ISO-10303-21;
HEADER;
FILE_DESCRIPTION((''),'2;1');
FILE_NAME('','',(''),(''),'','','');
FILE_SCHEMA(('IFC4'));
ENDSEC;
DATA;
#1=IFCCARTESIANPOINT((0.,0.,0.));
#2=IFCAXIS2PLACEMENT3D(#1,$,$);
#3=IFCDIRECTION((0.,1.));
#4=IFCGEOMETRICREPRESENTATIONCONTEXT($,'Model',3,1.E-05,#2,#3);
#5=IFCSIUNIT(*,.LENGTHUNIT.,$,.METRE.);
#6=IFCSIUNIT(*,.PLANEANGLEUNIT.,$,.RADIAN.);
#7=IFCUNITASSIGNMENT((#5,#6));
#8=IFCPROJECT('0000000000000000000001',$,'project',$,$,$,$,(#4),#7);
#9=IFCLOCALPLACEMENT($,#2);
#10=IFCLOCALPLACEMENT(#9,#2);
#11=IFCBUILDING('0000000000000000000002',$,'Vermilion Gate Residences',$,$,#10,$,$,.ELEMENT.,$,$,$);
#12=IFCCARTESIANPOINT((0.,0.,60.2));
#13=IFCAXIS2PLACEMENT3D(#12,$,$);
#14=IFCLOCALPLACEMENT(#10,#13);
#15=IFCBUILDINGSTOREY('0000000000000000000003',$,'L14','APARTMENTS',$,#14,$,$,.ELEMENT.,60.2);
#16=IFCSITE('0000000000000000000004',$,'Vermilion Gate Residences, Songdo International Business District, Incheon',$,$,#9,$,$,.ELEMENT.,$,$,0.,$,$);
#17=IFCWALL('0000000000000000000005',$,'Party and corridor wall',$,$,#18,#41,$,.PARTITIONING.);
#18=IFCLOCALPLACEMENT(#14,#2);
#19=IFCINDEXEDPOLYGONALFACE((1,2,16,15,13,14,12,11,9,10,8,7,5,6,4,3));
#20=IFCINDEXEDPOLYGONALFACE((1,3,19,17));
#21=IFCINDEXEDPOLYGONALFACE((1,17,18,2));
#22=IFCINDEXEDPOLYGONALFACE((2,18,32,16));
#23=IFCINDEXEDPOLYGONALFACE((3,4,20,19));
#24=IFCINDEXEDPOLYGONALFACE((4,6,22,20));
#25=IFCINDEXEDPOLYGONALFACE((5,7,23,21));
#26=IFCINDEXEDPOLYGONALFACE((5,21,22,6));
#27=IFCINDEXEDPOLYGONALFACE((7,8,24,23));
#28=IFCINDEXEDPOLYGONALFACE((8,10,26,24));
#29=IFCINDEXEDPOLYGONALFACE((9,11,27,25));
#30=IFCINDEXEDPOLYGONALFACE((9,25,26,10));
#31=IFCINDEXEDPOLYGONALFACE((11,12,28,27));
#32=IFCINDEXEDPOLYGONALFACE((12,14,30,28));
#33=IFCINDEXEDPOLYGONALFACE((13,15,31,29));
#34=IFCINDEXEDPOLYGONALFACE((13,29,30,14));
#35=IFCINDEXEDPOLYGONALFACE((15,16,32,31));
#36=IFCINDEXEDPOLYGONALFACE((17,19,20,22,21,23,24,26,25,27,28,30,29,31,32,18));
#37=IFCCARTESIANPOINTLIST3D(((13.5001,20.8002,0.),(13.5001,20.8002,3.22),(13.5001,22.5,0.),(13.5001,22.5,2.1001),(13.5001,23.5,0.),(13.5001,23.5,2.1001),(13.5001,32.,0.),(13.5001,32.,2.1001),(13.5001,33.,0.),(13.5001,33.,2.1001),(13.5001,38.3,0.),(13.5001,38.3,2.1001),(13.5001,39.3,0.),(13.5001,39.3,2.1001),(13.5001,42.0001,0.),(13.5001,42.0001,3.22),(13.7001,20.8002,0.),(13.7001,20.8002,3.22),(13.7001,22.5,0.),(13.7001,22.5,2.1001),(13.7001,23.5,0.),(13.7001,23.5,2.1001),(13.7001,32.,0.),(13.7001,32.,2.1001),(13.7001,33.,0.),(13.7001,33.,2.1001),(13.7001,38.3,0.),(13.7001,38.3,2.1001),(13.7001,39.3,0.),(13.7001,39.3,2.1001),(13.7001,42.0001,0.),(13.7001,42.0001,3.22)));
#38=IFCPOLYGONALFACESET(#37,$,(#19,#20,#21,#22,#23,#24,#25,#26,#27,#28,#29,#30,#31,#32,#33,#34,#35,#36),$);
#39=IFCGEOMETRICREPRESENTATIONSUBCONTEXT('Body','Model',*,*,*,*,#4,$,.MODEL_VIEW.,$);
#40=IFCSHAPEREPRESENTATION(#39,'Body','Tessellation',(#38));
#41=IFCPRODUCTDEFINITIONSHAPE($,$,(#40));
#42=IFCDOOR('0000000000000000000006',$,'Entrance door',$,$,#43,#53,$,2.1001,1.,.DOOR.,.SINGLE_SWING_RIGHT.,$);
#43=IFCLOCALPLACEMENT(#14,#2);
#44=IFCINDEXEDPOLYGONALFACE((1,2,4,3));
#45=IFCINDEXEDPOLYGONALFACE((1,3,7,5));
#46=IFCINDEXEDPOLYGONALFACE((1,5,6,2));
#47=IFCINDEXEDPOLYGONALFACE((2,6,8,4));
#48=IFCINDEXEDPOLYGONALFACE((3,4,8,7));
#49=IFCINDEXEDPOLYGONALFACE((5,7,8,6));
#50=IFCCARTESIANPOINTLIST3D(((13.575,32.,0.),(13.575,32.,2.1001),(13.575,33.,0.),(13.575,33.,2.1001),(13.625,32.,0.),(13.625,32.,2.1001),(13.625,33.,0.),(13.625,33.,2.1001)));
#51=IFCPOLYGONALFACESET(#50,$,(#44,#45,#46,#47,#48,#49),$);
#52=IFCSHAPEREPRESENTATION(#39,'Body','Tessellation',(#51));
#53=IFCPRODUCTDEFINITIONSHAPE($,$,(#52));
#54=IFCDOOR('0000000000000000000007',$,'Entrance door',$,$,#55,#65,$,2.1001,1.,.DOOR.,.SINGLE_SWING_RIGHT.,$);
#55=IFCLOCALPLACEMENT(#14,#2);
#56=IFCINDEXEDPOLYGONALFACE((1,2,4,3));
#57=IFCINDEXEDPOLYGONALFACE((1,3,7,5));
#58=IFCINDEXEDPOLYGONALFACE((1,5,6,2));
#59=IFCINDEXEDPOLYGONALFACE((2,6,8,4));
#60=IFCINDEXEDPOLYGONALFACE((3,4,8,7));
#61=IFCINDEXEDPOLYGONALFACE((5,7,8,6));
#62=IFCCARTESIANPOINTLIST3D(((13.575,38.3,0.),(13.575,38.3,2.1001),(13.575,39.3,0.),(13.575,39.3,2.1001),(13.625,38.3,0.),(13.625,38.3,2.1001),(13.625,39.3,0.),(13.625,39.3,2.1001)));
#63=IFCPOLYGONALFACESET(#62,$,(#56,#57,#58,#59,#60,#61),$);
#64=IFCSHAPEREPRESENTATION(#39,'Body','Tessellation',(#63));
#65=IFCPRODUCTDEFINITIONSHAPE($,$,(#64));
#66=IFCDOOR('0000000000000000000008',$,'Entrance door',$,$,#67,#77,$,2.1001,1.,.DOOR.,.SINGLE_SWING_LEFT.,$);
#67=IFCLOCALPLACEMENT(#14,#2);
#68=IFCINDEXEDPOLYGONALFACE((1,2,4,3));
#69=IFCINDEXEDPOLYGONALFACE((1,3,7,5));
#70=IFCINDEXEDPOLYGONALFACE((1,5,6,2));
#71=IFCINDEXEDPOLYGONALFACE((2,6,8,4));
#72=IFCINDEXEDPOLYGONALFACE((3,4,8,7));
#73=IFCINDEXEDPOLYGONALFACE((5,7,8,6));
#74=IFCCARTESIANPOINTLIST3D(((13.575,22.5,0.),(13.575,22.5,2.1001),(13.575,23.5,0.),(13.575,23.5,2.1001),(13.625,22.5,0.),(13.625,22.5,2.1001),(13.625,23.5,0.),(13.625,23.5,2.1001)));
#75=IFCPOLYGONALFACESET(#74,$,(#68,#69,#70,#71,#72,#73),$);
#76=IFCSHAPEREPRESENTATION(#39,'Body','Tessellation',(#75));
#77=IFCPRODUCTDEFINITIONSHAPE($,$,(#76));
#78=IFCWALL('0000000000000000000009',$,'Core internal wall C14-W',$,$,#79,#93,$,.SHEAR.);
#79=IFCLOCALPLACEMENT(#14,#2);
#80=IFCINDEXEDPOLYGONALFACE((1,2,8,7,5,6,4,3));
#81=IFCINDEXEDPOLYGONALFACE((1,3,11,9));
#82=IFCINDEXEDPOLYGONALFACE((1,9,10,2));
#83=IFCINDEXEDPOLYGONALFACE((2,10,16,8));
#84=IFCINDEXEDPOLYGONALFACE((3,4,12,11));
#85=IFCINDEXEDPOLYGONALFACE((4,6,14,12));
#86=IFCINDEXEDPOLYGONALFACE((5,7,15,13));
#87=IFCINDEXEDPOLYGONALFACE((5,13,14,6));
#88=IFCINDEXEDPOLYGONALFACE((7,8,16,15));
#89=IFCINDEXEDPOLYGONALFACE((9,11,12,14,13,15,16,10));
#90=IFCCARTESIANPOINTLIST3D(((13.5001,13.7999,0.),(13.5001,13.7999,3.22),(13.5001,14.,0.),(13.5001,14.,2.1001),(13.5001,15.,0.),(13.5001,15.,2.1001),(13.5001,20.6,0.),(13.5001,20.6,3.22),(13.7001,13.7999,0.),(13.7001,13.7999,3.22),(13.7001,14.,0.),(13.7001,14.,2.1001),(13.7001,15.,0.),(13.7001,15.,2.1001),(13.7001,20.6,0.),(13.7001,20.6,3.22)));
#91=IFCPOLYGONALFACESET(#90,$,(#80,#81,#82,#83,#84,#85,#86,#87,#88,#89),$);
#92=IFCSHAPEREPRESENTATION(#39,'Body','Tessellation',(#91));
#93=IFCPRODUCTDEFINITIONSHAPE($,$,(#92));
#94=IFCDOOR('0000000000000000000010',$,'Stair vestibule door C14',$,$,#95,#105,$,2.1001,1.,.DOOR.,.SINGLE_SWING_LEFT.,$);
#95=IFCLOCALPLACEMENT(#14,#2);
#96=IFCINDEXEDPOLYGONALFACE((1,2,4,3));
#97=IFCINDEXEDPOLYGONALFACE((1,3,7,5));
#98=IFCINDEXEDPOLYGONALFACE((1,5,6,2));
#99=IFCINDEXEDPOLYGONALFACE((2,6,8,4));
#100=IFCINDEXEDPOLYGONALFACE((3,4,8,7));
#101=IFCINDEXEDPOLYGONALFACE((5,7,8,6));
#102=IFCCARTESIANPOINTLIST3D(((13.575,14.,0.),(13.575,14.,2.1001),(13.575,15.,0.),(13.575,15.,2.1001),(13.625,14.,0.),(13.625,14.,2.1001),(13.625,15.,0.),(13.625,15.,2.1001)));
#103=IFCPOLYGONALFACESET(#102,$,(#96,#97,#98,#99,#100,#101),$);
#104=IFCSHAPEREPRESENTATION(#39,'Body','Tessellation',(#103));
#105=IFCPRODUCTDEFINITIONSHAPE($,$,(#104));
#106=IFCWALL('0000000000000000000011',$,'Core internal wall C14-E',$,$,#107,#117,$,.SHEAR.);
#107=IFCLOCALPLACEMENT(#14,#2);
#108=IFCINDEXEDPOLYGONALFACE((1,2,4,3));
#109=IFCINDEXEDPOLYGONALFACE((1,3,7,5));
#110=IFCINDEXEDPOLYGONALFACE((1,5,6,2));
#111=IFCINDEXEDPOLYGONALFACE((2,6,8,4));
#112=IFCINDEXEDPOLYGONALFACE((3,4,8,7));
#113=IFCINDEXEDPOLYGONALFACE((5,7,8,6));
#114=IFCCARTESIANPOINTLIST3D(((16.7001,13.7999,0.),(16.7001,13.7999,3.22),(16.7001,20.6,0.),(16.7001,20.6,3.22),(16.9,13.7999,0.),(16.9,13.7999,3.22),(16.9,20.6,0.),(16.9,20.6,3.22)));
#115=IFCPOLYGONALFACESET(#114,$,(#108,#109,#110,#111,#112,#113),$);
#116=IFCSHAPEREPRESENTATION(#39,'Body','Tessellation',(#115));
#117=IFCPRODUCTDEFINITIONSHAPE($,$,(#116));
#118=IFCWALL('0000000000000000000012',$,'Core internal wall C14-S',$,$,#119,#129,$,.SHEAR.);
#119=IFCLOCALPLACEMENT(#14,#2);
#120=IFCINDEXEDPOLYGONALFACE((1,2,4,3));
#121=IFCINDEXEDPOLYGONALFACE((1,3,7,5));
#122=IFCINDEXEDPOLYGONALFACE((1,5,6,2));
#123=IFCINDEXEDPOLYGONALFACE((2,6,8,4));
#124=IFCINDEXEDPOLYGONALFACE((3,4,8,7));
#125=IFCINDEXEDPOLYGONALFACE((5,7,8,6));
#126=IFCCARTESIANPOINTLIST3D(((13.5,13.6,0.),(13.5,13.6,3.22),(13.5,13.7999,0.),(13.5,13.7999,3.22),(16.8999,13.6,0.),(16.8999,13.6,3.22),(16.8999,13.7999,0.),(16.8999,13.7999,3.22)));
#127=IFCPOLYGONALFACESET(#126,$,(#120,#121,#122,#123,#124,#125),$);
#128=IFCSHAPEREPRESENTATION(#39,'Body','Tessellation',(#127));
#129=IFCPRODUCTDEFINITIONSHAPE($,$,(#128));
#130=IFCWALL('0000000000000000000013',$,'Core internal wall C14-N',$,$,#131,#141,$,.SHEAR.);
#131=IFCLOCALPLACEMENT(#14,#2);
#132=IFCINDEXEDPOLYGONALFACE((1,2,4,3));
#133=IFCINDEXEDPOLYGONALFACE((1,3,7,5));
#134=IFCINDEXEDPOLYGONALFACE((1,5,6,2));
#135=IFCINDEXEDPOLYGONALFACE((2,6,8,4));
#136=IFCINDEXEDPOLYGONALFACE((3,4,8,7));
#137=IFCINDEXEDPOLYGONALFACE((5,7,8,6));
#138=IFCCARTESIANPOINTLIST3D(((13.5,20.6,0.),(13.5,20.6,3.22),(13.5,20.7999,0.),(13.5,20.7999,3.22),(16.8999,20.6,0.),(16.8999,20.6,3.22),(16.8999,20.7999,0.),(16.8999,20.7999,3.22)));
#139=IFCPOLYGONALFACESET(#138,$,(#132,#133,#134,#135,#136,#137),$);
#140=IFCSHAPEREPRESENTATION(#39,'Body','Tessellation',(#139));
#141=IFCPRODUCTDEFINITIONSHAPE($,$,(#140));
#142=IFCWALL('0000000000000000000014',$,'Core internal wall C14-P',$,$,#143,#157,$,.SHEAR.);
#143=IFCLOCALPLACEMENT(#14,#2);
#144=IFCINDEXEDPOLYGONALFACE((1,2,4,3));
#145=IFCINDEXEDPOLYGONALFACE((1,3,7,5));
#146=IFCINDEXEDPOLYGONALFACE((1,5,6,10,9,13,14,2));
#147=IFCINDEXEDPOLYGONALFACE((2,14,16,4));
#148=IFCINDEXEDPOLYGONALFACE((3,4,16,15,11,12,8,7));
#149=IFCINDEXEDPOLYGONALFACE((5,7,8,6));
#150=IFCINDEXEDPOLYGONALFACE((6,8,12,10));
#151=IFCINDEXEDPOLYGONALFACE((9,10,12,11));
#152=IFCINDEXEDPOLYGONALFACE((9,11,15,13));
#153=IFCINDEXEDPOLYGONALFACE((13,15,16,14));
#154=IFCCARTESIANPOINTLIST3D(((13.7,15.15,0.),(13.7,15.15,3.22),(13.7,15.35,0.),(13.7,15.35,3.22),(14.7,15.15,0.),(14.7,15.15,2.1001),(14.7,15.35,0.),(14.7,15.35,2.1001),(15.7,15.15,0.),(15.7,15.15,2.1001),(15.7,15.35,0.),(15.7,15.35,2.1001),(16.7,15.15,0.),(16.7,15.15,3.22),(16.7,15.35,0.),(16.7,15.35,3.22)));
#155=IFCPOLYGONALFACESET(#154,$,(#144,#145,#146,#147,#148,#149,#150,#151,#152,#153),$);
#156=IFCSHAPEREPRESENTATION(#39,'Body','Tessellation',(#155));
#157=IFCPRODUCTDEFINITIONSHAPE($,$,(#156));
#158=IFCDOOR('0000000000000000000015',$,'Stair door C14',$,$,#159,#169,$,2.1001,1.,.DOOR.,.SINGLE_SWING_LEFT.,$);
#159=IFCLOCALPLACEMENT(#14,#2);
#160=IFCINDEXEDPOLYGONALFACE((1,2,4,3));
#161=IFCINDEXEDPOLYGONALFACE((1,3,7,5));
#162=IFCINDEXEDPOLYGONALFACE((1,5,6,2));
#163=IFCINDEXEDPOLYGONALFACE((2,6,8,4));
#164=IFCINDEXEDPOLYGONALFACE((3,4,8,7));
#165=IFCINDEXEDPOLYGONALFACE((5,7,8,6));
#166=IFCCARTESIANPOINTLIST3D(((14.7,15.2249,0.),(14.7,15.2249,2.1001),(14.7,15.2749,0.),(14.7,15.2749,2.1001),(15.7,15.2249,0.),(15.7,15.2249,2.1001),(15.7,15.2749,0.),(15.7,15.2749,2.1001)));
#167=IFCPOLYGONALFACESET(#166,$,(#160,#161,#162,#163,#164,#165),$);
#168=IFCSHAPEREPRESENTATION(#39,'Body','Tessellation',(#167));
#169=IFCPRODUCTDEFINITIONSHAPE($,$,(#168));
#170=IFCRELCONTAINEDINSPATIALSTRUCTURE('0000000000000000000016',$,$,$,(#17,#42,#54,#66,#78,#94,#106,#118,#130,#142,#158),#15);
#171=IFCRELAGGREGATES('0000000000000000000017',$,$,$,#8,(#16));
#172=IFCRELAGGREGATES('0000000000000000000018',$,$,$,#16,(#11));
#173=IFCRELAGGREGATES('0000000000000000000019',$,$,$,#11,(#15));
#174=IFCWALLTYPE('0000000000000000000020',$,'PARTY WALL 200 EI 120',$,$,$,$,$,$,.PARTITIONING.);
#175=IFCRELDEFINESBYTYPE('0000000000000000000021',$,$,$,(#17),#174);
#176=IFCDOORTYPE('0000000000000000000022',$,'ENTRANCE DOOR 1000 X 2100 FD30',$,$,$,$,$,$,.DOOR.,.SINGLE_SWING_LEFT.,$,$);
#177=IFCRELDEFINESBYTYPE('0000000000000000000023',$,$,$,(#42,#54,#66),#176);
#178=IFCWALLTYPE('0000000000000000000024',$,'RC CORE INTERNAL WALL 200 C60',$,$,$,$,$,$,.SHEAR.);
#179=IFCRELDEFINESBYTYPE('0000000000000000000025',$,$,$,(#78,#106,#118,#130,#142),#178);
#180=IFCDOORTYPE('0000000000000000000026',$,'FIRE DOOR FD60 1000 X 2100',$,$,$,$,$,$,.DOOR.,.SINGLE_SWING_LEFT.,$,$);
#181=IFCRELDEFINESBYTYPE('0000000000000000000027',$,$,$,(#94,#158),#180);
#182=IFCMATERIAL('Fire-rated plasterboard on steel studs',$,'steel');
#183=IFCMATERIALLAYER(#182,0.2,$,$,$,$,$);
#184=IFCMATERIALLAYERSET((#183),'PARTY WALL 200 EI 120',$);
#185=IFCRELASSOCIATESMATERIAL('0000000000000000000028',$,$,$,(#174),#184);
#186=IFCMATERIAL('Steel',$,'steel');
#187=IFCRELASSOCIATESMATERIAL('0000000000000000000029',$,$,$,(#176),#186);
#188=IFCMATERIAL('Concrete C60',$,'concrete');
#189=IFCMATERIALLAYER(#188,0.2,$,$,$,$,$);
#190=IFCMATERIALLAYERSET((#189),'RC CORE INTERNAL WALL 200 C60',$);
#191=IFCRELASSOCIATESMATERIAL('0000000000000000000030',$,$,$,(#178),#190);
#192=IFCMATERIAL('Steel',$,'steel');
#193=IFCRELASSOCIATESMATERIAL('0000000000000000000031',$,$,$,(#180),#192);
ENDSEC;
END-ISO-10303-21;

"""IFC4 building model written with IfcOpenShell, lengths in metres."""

from ifc_helpers import new_model, si_unit, direction, frame, frame_2d, origin, place, context, subcontext, project, spatial, rectangle, extrude, material, layer, layer_set, type_object, element, fill, save


model = new_model("IFC4")

# Units and contexts
model_context = context("Model", 3, precision=1e-05, world=origin(), true_north=direction((0.0, 1.0)))
body_context = subcontext(model_context, "Body", "Model", "MODEL_VIEW")
ifc_project = project(units=[si_unit("LENGTHUNIT", "METRE"), si_unit("PLANEANGLEUNIT", "RADIAN")], contexts=[model_context])

# Site, building, storey
site_placement = place(None, origin())
site = spatial("IfcSite", under=ifc_project, at=site_placement, Name="Vermilion Gate Residences, Songdo International Business District, Incheon", CompositionType="ELEMENT", RefElevation=0.0)
building_placement = place(site_placement, origin())
building = spatial("IfcBuilding", under=site, at=building_placement, Name="Vermilion Gate Residences", CompositionType="ELEMENT")
storey_placement = place(building_placement, frame((0.0, 0.0, 60.2)))
storey = spatial("IfcBuildingStorey", under=building, at=storey_placement, Name="L14", Description="APARTMENTS", CompositionType="ELEMENT", Elevation=60.2)

# Wall, openings, doors
ifc_material_1 = material(Name="Fire-rated plasterboard on steel studs", Category="steel")
ifc_layer_1 = layer(ifc_material_1, 0.2)
ifc_layer_set_1 = layer_set([ifc_layer_1], Name="PARTY WALL 200 EI 120")
wall_type_1 = type_object("IfcWallType", Name="PARTY WALL 200 EI 120", PredefinedType="PARTITIONING", material=ifc_layer_set_1)
ifc_material_2 = material(Name="Steel", Category="steel")
door_type_1 = type_object("IfcDoorType", Name="ENTRANCE DOOR 1000 X 2100 FD30", OperationType="SINGLE_SWING_LEFT", PredefinedType="DOOR", material=ifc_material_2)
wall_1_placement = place(storey_placement, frame((13.6001, 20.8, 0.0), z_axis=(0.0, 0.0, 1.0), x_axis=(0.0, 1.0, 0.0)))
wall_1 = element("IfcWall", 1, at=wall_1_placement, inside=storey, type_object=wall_type_1, Name="Party and corridor wall", PredefinedType="PARTITIONING", context=body_context, shape_type="SweptSolid", body=[
    extrude(rectangle(XDim=21.2, YDim=0.2, at=frame_2d((10.6001, 0.0))), origin(), (0.0, 0.0, 1.0), 3.22),
])
opening_1_placement = place(wall_1_placement, frame((11.2, 0.0, 0.0)))
opening_1 = element("IfcOpeningElement", 2, at=opening_1_placement, cuts=wall_1, PredefinedType="OPENING", context=body_context, shape_type="SweptSolid", body=[
    extrude(rectangle(XDim=1.0, YDim=2.1001, at=frame_2d((0.5, 1.05))), frame((0.0, 0.1099, 0.0), z_axis=(0.0, -1.0, 0.0), x_axis=(1.0, 0.0, 0.0)), (0.0, 0.0, 1.0), 0.22),
])
opening_2_placement = place(wall_1_placement, frame((17.5, 0.0, 0.0)))
opening_2 = element("IfcOpeningElement", 3, at=opening_2_placement, cuts=wall_1, PredefinedType="OPENING", context=body_context, shape_type="SweptSolid", body=[
    extrude(rectangle(XDim=1.0, YDim=2.1001, at=frame_2d((0.5, 1.05))), frame((0.0, 0.1099, 0.0), z_axis=(0.0, -1.0, 0.0), x_axis=(1.0, 0.0, 0.0)), (0.0, 0.0, 1.0), 0.22),
])
opening_3_placement = place(wall_1_placement, frame((1.7, 0.0, 0.0)))
opening_3 = element("IfcOpeningElement", 4, at=opening_3_placement, cuts=wall_1, PredefinedType="OPENING", context=body_context, shape_type="SweptSolid", body=[
    extrude(rectangle(XDim=1.0, YDim=2.1001, at=frame_2d((0.5, 1.05))), frame((0.0, 0.1099, 0.0), z_axis=(0.0, -1.0, 0.0), x_axis=(1.0, 0.0, 0.0)), (0.0, 0.0, 1.0), 0.22),
])
door_1_placement = place(opening_1_placement, frame((1.0, 0.0, 0.0), z_axis=(0.0, 0.0, 1.0), x_axis=(-1.0, 0.0, 0.0)))
door_1 = element("IfcDoor", 5, at=door_1_placement, inside=storey, type_object=door_type_1, Name="Entrance door", OperationType="SINGLE_SWING_RIGHT", OverallHeight=2.1001, OverallWidth=1.0, PredefinedType="DOOR", context=body_context, shape_type="SweptSolid", body=[
    extrude(rectangle(XDim=1.0, YDim=2.1001, at=frame_2d((0.5, 1.05))), frame((0.0, 0.0249, 0.0), z_axis=(0.0, -1.0, 0.0), x_axis=(1.0, 0.0, 0.0)), (0.0, 0.0, 1.0), 0.05),
])
fill(opening_1, door_1)
door_2_placement = place(opening_2_placement, frame((1.0, 0.0, 0.0), z_axis=(0.0, 0.0, 1.0), x_axis=(-1.0, 0.0, 0.0)))
door_2 = element("IfcDoor", 6, at=door_2_placement, inside=storey, type_object=door_type_1, Name="Entrance door", OperationType="SINGLE_SWING_RIGHT", OverallHeight=2.1001, OverallWidth=1.0, PredefinedType="DOOR", context=body_context, shape_type="SweptSolid", body=[
    extrude(rectangle(XDim=1.0, YDim=2.1001, at=frame_2d((0.5, 1.05))), frame((0.0, 0.0249, 0.0), z_axis=(0.0, -1.0, 0.0), x_axis=(1.0, 0.0, 0.0)), (0.0, 0.0, 1.0), 0.05),
])
fill(opening_2, door_2)
door_3_placement = place(opening_3_placement, frame((1.0, 0.0, 0.0), z_axis=(0.0, 0.0, 1.0), x_axis=(-1.0, 0.0, 0.0)))
door_3 = element("IfcDoor", 7, at=door_3_placement, inside=storey, type_object=door_type_1, Name="Entrance door", OperationType="SINGLE_SWING_LEFT", OverallHeight=2.1001, OverallWidth=1.0, PredefinedType="DOOR", context=body_context, shape_type="SweptSolid", body=[
    extrude(rectangle(XDim=1.0, YDim=2.1001, at=frame_2d((0.5, 1.05))), frame((0.0, 0.0249, 0.0), z_axis=(0.0, -1.0, 0.0), x_axis=(1.0, 0.0, 0.0)), (0.0, 0.0, 1.0), 0.05),
])
fill(opening_3, door_3)

# Wall, opening, door
ifc_material_3 = material(Name="Concrete C60", Category="concrete")
ifc_layer_2 = layer(ifc_material_3, 0.2)
ifc_layer_set_2 = layer_set([ifc_layer_2], Name="RC CORE INTERNAL WALL 200 C60")
wall_type_2 = type_object("IfcWallType", Name="RC CORE INTERNAL WALL 200 C60", PredefinedType="SHEAR", material=ifc_layer_set_2)
wall_2_placement = place(storey_placement, frame((13.6001, 13.8, 0.0), z_axis=(0.0, 0.0, 1.0), x_axis=(0.0, 1.0, 0.0)))
wall_2 = element("IfcWall", 8, at=wall_2_placement, inside=storey, type_object=wall_type_2, Name="Core internal wall C14-W", PredefinedType="SHEAR", context=body_context, shape_type="SweptSolid", body=[
    extrude(rectangle(XDim=6.8, YDim=0.2, at=frame_2d((3.3999, 0.0))), origin(), (0.0, 0.0, 1.0), 3.22),
])
opening_4_placement = place(wall_2_placement, frame((0.2, 0.0, 0.0)))
opening_4 = element("IfcOpeningElement", 9, at=opening_4_placement, cuts=wall_2, PredefinedType="OPENING", context=body_context, shape_type="SweptSolid", body=[
    extrude(rectangle(XDim=1.0, YDim=2.1001, at=frame_2d((0.5, 1.05))), frame((0.0, 0.1099, 0.0), z_axis=(0.0, -1.0, 0.0), x_axis=(1.0, 0.0, 0.0)), (0.0, 0.0, 1.0), 0.22),
])
ifc_material_4 = material(Name="Steel", Category="steel")
door_type_2 = type_object("IfcDoorType", Name="FIRE DOOR FD60 1000 X 2100", OperationType="SINGLE_SWING_LEFT", PredefinedType="DOOR", material=ifc_material_4)
door_4_placement = place(opening_4_placement, frame((1.0, 0.0, 0.0), z_axis=(0.0, 0.0, 1.0), x_axis=(-1.0, 0.0, 0.0)))
door_4 = element("IfcDoor", 10, at=door_4_placement, inside=storey, type_object=door_type_2, Name="Stair vestibule door C14", OperationType="SINGLE_SWING_LEFT", OverallHeight=2.1001, OverallWidth=1.0, PredefinedType="DOOR", context=body_context, shape_type="SweptSolid", body=[
    extrude(rectangle(XDim=1.0, YDim=2.1001, at=frame_2d((0.5, 1.05))), frame((0.0, 0.0249, 0.0), z_axis=(0.0, -1.0, 0.0), x_axis=(1.0, 0.0, 0.0)), (0.0, 0.0, 1.0), 0.05),
])
fill(opening_4, door_4)

# Walls
wall_3_placement = place(storey_placement, frame((16.8, 13.8, 0.0), z_axis=(0.0, 0.0, 1.0), x_axis=(0.0, 1.0, 0.0)))
element("IfcWall", 11, at=wall_3_placement, inside=storey, type_object=wall_type_2, Name="Core internal wall C14-E", PredefinedType="SHEAR", context=body_context, shape_type="SweptSolid", body=[
    extrude(rectangle(XDim=6.8, YDim=0.2, at=frame_2d((3.3999, 0.0))), origin(), (0.0, 0.0, 1.0), 3.22),
])
for number, where, z_axis, x_axis, name in (
    (12, (13.5, 13.7, 0.0), (0.0, 0.0, 1.0), (1.0, 0.0, 0.0), "Core internal wall C14-S"),
    (13, (13.5, 20.7, 0.0), (0.0, 0.0, 1.0), (1.0, 0.0, 0.0), "Core internal wall C14-N"),
):
    element("IfcWall", number, at=place(storey_placement, frame(where, z_axis=z_axis, x_axis=x_axis)), inside=storey, type_object=wall_type_2, Name=name, PredefinedType="SHEAR", context=body_context, shape_type="SweptSolid", body=[
        extrude(rectangle(XDim=3.3999, YDim=0.2, at=frame_2d((1.7, 0.0))), origin(), (0.0, 0.0, 1.0), 3.22),
    ])

# Wall, opening, door
wall_4_placement = place(storey_placement, frame((13.7, 15.25, 0.0), z_axis=(0.0, 0.0, 1.0), x_axis=(1.0, 0.0, 0.0)))
wall_4 = element("IfcWall", 14, at=wall_4_placement, inside=storey, type_object=wall_type_2, Name="Core internal wall C14-P", PredefinedType="SHEAR", context=body_context, shape_type="SweptSolid", body=[
    extrude(rectangle(XDim=3.0, YDim=0.2, at=frame_2d((1.5, 0.0))), origin(), (0.0, 0.0, 1.0), 3.22),
])
opening_5_placement = place(wall_4_placement, frame((1.0, 0.0, 0.0)))
opening_5 = element("IfcOpeningElement", 15, at=opening_5_placement, cuts=wall_4, PredefinedType="OPENING", context=body_context, shape_type="SweptSolid", body=[
    extrude(rectangle(XDim=1.0, YDim=2.1001, at=frame_2d((0.5, 1.05))), frame((0.0, 0.1099, 0.0), z_axis=(0.0, -1.0, 0.0), x_axis=(1.0, 0.0, 0.0)), (0.0, 0.0, 1.0), 0.22),
])
door_5_placement = place(opening_5_placement, origin())
door_5 = element("IfcDoor", 16, at=door_5_placement, inside=storey, type_object=door_type_2, Name="Stair door C14", OperationType="SINGLE_SWING_LEFT", OverallHeight=2.1001, OverallWidth=1.0, PredefinedType="DOOR", context=body_context, shape_type="SweptSolid", body=[
    extrude(rectangle(XDim=1.0, YDim=2.1001, at=frame_2d((0.5, 1.05))), frame((0.0, 0.0249, 0.0), z_axis=(0.0, -1.0, 0.0), x_axis=(1.0, 0.0, 0.0)), (0.0, 0.0, 1.0), 0.05),
])
fill(opening_5, door_5)

save(model, "model.ifc")
